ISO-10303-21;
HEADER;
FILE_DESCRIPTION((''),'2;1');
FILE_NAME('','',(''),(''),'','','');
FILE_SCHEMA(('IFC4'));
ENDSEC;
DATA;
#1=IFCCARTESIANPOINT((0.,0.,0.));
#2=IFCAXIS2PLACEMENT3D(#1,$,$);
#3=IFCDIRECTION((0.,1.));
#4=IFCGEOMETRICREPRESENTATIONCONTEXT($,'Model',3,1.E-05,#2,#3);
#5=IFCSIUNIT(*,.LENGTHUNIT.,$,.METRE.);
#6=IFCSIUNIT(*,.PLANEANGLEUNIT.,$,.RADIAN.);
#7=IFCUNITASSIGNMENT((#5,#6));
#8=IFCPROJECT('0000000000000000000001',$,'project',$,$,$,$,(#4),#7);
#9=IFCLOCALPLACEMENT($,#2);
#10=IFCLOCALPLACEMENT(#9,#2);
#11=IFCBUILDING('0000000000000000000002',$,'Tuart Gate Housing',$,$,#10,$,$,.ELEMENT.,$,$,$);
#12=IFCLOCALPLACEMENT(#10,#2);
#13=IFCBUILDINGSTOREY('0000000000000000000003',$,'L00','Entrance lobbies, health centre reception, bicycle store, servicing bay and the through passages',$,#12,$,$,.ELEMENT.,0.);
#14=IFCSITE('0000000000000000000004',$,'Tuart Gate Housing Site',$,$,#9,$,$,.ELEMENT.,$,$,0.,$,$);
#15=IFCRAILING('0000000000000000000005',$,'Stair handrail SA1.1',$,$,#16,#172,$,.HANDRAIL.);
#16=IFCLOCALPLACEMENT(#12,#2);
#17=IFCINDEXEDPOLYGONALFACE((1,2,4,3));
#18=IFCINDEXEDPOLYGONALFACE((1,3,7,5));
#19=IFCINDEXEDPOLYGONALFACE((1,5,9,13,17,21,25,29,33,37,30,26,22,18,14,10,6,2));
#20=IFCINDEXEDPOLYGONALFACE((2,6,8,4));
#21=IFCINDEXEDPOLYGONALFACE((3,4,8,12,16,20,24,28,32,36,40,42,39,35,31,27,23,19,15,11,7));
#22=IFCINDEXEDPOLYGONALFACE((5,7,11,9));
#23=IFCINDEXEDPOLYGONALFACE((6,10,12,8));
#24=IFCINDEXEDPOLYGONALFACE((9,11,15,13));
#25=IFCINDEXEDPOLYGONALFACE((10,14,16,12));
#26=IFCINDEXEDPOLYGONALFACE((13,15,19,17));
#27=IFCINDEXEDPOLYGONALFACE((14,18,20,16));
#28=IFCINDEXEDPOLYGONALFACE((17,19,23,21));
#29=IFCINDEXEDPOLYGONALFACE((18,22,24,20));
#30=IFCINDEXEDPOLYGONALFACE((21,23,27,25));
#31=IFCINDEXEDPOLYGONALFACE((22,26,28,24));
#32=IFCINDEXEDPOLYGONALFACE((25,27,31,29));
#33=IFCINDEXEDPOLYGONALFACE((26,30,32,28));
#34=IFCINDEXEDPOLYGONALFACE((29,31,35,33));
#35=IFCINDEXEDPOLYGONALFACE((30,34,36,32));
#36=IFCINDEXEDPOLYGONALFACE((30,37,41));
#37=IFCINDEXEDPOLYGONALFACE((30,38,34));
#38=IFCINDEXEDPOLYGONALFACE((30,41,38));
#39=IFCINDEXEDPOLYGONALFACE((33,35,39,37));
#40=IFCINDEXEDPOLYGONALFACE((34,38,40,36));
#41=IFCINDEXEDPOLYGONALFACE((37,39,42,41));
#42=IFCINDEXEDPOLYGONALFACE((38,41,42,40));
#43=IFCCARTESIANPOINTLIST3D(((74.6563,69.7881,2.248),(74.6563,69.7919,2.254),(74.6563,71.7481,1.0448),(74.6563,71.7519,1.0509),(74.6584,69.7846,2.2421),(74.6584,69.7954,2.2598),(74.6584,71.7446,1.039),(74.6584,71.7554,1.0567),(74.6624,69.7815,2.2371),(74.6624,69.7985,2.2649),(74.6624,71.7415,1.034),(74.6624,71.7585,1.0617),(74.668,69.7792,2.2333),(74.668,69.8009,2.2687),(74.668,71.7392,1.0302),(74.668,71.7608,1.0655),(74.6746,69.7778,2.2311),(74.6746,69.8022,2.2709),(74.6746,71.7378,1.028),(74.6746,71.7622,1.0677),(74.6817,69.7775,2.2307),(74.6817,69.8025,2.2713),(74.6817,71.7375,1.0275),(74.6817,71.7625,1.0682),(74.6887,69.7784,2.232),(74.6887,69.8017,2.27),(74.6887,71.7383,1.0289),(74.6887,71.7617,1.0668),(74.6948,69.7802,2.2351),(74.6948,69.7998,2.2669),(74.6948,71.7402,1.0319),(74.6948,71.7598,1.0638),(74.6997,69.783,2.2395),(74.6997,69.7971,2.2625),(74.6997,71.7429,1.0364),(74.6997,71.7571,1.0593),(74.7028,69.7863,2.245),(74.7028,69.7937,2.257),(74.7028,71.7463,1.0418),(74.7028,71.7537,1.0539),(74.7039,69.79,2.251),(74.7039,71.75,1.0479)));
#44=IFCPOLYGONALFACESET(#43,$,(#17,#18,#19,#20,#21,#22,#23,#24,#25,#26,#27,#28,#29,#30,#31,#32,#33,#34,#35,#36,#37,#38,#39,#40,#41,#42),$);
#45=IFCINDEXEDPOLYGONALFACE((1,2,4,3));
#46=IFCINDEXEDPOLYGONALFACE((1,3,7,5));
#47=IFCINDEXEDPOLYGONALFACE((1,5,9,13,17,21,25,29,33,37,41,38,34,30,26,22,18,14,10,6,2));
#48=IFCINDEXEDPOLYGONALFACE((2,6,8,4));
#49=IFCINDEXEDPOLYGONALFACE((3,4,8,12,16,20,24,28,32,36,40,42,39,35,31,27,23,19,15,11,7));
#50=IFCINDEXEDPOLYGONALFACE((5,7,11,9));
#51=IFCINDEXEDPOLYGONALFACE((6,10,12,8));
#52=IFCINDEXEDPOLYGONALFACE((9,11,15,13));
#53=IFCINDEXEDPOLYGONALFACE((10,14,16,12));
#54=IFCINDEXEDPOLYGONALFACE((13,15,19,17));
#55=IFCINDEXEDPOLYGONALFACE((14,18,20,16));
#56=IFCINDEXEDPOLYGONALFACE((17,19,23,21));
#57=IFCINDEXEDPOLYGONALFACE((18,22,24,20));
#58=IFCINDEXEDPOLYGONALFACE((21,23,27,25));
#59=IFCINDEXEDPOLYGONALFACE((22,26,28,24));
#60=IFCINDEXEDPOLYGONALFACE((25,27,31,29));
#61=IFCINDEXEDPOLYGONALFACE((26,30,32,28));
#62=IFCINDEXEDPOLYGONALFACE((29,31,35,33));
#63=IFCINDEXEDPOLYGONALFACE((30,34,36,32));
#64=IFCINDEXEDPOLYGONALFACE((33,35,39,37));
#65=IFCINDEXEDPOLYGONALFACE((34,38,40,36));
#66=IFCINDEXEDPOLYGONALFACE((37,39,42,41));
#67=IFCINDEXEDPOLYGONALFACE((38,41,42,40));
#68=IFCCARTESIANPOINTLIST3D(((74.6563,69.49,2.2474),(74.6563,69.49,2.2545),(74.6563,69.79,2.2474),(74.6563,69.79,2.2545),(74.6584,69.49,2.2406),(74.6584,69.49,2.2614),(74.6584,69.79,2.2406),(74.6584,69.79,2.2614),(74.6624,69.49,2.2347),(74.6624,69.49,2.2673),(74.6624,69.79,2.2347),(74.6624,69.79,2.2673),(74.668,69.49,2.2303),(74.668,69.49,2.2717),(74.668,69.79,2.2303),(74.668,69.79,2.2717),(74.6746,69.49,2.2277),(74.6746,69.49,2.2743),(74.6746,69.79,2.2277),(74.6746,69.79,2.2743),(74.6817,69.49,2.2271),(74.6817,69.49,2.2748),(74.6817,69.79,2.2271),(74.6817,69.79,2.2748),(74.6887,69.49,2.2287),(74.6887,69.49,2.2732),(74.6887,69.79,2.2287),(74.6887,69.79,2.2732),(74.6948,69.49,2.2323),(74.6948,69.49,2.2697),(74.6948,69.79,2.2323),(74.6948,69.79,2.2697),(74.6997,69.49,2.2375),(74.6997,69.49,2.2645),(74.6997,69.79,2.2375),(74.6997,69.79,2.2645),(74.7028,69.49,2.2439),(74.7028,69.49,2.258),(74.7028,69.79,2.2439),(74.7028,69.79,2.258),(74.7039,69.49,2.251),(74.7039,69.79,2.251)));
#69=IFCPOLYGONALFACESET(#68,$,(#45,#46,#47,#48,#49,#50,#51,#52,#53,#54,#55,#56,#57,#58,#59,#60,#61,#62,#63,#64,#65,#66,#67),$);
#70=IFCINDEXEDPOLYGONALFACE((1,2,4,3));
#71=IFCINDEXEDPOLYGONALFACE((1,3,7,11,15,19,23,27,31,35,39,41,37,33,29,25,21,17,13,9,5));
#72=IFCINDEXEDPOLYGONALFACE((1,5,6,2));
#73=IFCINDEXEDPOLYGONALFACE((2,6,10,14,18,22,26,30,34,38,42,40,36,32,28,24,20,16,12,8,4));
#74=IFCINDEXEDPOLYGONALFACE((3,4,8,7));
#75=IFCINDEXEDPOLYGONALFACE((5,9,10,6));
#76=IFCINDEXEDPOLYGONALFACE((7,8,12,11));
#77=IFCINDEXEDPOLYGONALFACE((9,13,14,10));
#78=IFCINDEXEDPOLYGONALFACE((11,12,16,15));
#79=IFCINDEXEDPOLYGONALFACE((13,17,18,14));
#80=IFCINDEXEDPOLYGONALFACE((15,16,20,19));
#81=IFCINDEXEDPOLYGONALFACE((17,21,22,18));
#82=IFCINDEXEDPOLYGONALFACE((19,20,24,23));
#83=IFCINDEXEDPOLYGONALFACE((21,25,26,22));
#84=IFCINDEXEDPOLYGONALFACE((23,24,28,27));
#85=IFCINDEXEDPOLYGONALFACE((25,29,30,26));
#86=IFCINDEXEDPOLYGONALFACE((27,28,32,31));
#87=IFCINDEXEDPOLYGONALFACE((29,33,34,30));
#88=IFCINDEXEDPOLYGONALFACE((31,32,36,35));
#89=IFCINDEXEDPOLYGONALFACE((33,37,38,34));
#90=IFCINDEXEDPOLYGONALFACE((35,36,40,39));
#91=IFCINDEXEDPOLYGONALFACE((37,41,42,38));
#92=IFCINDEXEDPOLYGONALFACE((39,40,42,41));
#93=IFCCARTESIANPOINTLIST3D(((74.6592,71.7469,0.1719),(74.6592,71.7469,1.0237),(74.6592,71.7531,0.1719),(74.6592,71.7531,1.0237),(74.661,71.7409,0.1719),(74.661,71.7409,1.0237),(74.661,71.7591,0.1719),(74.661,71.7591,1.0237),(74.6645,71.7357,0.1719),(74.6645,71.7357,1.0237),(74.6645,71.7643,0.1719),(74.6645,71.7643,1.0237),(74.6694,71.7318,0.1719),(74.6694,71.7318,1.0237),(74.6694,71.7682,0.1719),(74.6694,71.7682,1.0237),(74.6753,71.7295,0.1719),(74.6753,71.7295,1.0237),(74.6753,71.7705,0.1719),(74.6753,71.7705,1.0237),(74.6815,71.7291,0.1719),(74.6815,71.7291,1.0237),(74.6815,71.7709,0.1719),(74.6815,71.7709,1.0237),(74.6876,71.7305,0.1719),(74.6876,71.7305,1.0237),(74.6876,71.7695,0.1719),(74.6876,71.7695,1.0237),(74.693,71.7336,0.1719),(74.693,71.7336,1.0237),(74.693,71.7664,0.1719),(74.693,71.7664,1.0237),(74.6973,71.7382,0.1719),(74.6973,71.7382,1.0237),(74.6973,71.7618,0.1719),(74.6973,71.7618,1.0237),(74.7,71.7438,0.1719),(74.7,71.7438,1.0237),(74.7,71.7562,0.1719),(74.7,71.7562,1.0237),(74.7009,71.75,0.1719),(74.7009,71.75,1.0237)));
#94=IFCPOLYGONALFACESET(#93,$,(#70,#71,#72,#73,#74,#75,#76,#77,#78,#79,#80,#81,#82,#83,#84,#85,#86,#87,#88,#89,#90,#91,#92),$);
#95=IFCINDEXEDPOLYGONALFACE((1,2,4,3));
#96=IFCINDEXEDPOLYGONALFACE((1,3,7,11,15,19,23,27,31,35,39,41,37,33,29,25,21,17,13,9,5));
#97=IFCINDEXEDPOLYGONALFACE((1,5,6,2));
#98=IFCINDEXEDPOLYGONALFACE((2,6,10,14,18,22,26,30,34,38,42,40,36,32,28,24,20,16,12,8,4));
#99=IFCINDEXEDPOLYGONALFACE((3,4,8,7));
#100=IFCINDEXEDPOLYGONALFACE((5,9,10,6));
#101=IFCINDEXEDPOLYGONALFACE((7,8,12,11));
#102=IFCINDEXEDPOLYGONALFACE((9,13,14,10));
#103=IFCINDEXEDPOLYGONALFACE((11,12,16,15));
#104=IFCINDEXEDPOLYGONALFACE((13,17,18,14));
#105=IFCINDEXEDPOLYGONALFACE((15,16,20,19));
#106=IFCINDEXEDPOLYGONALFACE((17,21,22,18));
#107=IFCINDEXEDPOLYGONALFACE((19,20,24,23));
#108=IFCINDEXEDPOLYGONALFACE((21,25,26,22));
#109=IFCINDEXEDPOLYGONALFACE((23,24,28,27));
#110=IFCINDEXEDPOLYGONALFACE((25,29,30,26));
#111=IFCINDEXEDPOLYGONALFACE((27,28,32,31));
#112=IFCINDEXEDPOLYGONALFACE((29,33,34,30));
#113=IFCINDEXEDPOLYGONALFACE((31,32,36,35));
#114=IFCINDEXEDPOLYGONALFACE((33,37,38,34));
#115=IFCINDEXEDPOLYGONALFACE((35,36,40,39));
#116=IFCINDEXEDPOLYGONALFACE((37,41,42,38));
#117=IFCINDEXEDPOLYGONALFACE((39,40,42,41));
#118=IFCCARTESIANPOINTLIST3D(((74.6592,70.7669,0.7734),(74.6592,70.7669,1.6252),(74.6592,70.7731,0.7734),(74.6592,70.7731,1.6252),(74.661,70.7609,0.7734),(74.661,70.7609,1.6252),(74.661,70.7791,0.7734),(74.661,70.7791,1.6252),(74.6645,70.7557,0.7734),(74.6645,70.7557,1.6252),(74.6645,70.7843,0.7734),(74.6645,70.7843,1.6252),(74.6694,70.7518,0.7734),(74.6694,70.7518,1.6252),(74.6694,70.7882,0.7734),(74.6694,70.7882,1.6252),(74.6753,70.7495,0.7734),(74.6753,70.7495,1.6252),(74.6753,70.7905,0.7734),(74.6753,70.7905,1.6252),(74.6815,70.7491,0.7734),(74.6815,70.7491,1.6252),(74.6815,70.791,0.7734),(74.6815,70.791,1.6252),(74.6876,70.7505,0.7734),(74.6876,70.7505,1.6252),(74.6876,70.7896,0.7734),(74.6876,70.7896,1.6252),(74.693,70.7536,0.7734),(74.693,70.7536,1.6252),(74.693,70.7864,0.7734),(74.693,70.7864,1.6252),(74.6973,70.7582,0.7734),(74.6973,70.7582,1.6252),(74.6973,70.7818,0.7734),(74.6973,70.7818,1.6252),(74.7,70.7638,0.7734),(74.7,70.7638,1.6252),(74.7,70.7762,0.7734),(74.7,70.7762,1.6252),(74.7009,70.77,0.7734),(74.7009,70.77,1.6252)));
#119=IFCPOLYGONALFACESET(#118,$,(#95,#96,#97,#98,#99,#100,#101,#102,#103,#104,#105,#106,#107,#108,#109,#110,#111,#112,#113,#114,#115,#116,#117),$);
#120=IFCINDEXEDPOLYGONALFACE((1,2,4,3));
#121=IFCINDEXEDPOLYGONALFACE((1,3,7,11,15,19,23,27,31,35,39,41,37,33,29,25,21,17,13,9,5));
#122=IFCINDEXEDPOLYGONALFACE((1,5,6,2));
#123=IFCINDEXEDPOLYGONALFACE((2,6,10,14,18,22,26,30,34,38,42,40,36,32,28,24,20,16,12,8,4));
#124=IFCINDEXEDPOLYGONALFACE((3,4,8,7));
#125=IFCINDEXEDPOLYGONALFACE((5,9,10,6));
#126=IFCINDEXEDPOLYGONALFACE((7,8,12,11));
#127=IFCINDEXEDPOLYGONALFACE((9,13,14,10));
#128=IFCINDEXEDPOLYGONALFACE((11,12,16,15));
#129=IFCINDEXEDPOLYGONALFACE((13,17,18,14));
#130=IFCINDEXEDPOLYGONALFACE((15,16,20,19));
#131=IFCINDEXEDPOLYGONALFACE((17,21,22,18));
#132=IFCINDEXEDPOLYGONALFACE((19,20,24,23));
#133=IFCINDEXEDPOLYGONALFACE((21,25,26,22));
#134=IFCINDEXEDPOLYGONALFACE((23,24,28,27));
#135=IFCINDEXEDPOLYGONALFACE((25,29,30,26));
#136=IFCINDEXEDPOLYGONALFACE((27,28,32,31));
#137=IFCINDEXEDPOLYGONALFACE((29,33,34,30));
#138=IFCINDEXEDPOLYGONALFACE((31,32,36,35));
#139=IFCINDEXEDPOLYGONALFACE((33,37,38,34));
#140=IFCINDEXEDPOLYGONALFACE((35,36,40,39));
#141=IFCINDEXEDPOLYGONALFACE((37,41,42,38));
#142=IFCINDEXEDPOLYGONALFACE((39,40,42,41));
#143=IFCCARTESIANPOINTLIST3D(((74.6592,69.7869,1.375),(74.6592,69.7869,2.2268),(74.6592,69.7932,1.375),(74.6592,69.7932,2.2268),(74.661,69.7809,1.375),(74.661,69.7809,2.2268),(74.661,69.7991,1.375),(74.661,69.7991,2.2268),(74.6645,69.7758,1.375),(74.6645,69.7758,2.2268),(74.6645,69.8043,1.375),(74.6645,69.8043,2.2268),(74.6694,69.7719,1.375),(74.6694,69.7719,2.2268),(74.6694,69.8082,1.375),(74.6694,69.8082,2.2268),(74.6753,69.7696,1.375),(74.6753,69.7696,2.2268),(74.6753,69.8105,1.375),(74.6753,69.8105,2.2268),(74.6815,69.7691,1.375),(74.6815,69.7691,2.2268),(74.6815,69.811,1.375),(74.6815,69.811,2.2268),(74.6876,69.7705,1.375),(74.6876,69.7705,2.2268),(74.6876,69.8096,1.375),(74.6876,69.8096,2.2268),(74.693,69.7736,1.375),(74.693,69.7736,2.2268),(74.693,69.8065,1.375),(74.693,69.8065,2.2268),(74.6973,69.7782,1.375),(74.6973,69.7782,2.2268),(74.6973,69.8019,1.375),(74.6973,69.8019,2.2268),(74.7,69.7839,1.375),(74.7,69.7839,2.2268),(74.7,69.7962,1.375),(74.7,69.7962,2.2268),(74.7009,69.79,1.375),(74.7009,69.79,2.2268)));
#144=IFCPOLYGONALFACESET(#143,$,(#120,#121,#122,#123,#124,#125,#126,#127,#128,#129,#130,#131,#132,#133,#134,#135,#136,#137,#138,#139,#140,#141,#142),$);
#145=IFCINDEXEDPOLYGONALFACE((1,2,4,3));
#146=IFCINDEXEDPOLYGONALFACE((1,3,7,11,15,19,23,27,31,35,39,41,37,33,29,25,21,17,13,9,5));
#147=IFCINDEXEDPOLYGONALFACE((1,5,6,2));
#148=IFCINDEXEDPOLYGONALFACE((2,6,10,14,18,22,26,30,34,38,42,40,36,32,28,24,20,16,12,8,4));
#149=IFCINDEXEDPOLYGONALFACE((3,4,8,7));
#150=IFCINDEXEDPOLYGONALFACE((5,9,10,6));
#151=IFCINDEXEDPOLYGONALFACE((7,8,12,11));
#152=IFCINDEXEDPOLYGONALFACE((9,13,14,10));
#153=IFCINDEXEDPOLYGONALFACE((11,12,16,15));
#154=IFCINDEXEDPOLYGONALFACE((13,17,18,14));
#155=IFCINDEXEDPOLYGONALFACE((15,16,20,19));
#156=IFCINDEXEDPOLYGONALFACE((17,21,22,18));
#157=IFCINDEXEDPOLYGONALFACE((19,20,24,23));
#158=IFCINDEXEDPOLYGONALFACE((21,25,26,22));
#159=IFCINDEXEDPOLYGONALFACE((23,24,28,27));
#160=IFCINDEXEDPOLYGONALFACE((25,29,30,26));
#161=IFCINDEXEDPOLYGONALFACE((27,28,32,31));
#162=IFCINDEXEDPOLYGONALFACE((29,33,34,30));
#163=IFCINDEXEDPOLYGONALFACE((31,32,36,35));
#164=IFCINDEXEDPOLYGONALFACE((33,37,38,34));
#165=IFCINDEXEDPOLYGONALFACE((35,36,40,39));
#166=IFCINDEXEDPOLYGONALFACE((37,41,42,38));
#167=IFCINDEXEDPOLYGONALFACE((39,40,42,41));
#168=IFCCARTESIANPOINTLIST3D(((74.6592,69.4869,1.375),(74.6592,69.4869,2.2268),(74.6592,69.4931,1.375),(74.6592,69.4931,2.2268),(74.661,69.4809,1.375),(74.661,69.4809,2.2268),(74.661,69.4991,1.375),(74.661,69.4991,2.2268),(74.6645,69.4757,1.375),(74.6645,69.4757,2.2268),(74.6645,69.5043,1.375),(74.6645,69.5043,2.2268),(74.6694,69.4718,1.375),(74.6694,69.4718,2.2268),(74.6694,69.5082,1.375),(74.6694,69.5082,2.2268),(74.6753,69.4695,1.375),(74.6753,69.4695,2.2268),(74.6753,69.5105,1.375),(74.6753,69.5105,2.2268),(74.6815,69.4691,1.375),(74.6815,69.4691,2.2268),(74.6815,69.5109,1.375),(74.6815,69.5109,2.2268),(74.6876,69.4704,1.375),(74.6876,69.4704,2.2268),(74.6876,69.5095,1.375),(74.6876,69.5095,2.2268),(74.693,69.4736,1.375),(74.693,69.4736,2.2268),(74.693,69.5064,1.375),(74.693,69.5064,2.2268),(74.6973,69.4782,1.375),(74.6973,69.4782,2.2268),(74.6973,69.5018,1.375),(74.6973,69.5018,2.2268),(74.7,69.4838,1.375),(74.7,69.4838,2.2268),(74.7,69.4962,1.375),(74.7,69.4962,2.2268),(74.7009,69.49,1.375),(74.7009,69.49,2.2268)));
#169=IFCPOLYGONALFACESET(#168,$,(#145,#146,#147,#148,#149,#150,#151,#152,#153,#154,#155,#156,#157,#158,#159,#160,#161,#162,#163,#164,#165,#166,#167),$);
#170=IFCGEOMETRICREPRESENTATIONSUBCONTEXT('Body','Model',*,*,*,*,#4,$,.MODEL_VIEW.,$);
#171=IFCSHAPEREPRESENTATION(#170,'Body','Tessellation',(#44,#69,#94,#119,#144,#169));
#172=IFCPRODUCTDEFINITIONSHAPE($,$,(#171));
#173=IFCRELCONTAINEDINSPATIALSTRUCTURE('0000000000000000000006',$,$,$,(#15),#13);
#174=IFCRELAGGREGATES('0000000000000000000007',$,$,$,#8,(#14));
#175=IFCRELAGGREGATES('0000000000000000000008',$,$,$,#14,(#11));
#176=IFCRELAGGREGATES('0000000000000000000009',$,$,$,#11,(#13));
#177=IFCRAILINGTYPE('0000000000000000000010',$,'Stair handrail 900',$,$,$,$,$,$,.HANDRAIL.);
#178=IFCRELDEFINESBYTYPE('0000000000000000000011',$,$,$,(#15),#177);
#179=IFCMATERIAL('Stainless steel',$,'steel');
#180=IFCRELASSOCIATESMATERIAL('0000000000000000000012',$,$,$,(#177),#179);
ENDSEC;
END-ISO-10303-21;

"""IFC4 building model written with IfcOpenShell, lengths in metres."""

from ifc_helpers import new_model, si_unit, direction, frame, origin, origin_2d, place, context, subcontext, project, spatial, circle, extrude, material, type_object, element, save


model = new_model("IFC4")

# Units and contexts
model_context = context("Model", 3, precision=1e-05, world=origin(), true_north=direction((0.0, 1.0)))
body_context = subcontext(model_context, "Body", "Model", "MODEL_VIEW")
ifc_project = project(units=[si_unit("LENGTHUNIT", "METRE"), si_unit("PLANEANGLEUNIT", "RADIAN")], contexts=[model_context])

# Site, building, storey
site_placement = place(None, origin())
site = spatial("IfcSite", under=ifc_project, at=site_placement, Name="Tuart Gate Housing Site", CompositionType="ELEMENT", RefElevation=0.0)
building_placement = place(site_placement, origin())
building = spatial("IfcBuilding", under=site, at=building_placement, Name="Tuart Gate Housing", CompositionType="ELEMENT")
storey_placement = place(building_placement, origin())
storey = spatial("IfcBuildingStorey", under=building, at=storey_placement, Name="L00", Description="Entrance lobbies, health centre reception, bicycle store, servicing bay and the through passages", CompositionType="ELEMENT", Elevation=0.0)

# Railing
ifc_material_1 = material(Name="Stainless steel", Category="steel")
railing_type = type_object("IfcRailingType", Name="Stair handrail 900", PredefinedType="HANDRAIL", material=ifc_material_1)
railing_placement = place(storey_placement, frame((74.6799, 71.75, 0.1719)))
element("IfcRailing", 1, at=railing_placement, inside=storey, type_object=railing_type, Name="Stair handrail SA1.1", PredefinedType="HANDRAIL", context=body_context, shape_type="SweptSolid", body=[
    extrude(circle(Radius=0.0239, at=origin_2d()), frame((0.0, 0.0, 0.876), z_axis=(0.0, -0.852241, 0.523149), x_axis=(1.0, 0.0, 0.0)), (0.0, 0.0, 1.0), 2.2998),
    extrude(circle(Radius=0.0239, at=origin_2d()), frame((0.0, -1.96, 2.0791), z_axis=(0.0, -1.0, 0.0), x_axis=(1.0, 0.0, 0.0)), (0.0, 0.0, 1.0), 0.3),
    extrude(circle(Radius=0.021, at=origin_2d()), origin(), (0.0, 0.0, 1.0), 0.8518),
    extrude(circle(Radius=0.021, at=origin_2d()), frame((0.0, -0.98, 0.6016)), (0.0, 0.0, 1.0), 0.8518),
    extrude(circle(Radius=0.021, at=origin_2d()), frame((0.0, -1.96, 1.2031)), (0.0, 0.0, 1.0), 0.8518),
    extrude(circle(Radius=0.021, at=origin_2d()), frame((0.0, -2.26, 1.2031)), (0.0, 0.0, 1.0), 0.8518),
])

save(model, "model.ifc")
